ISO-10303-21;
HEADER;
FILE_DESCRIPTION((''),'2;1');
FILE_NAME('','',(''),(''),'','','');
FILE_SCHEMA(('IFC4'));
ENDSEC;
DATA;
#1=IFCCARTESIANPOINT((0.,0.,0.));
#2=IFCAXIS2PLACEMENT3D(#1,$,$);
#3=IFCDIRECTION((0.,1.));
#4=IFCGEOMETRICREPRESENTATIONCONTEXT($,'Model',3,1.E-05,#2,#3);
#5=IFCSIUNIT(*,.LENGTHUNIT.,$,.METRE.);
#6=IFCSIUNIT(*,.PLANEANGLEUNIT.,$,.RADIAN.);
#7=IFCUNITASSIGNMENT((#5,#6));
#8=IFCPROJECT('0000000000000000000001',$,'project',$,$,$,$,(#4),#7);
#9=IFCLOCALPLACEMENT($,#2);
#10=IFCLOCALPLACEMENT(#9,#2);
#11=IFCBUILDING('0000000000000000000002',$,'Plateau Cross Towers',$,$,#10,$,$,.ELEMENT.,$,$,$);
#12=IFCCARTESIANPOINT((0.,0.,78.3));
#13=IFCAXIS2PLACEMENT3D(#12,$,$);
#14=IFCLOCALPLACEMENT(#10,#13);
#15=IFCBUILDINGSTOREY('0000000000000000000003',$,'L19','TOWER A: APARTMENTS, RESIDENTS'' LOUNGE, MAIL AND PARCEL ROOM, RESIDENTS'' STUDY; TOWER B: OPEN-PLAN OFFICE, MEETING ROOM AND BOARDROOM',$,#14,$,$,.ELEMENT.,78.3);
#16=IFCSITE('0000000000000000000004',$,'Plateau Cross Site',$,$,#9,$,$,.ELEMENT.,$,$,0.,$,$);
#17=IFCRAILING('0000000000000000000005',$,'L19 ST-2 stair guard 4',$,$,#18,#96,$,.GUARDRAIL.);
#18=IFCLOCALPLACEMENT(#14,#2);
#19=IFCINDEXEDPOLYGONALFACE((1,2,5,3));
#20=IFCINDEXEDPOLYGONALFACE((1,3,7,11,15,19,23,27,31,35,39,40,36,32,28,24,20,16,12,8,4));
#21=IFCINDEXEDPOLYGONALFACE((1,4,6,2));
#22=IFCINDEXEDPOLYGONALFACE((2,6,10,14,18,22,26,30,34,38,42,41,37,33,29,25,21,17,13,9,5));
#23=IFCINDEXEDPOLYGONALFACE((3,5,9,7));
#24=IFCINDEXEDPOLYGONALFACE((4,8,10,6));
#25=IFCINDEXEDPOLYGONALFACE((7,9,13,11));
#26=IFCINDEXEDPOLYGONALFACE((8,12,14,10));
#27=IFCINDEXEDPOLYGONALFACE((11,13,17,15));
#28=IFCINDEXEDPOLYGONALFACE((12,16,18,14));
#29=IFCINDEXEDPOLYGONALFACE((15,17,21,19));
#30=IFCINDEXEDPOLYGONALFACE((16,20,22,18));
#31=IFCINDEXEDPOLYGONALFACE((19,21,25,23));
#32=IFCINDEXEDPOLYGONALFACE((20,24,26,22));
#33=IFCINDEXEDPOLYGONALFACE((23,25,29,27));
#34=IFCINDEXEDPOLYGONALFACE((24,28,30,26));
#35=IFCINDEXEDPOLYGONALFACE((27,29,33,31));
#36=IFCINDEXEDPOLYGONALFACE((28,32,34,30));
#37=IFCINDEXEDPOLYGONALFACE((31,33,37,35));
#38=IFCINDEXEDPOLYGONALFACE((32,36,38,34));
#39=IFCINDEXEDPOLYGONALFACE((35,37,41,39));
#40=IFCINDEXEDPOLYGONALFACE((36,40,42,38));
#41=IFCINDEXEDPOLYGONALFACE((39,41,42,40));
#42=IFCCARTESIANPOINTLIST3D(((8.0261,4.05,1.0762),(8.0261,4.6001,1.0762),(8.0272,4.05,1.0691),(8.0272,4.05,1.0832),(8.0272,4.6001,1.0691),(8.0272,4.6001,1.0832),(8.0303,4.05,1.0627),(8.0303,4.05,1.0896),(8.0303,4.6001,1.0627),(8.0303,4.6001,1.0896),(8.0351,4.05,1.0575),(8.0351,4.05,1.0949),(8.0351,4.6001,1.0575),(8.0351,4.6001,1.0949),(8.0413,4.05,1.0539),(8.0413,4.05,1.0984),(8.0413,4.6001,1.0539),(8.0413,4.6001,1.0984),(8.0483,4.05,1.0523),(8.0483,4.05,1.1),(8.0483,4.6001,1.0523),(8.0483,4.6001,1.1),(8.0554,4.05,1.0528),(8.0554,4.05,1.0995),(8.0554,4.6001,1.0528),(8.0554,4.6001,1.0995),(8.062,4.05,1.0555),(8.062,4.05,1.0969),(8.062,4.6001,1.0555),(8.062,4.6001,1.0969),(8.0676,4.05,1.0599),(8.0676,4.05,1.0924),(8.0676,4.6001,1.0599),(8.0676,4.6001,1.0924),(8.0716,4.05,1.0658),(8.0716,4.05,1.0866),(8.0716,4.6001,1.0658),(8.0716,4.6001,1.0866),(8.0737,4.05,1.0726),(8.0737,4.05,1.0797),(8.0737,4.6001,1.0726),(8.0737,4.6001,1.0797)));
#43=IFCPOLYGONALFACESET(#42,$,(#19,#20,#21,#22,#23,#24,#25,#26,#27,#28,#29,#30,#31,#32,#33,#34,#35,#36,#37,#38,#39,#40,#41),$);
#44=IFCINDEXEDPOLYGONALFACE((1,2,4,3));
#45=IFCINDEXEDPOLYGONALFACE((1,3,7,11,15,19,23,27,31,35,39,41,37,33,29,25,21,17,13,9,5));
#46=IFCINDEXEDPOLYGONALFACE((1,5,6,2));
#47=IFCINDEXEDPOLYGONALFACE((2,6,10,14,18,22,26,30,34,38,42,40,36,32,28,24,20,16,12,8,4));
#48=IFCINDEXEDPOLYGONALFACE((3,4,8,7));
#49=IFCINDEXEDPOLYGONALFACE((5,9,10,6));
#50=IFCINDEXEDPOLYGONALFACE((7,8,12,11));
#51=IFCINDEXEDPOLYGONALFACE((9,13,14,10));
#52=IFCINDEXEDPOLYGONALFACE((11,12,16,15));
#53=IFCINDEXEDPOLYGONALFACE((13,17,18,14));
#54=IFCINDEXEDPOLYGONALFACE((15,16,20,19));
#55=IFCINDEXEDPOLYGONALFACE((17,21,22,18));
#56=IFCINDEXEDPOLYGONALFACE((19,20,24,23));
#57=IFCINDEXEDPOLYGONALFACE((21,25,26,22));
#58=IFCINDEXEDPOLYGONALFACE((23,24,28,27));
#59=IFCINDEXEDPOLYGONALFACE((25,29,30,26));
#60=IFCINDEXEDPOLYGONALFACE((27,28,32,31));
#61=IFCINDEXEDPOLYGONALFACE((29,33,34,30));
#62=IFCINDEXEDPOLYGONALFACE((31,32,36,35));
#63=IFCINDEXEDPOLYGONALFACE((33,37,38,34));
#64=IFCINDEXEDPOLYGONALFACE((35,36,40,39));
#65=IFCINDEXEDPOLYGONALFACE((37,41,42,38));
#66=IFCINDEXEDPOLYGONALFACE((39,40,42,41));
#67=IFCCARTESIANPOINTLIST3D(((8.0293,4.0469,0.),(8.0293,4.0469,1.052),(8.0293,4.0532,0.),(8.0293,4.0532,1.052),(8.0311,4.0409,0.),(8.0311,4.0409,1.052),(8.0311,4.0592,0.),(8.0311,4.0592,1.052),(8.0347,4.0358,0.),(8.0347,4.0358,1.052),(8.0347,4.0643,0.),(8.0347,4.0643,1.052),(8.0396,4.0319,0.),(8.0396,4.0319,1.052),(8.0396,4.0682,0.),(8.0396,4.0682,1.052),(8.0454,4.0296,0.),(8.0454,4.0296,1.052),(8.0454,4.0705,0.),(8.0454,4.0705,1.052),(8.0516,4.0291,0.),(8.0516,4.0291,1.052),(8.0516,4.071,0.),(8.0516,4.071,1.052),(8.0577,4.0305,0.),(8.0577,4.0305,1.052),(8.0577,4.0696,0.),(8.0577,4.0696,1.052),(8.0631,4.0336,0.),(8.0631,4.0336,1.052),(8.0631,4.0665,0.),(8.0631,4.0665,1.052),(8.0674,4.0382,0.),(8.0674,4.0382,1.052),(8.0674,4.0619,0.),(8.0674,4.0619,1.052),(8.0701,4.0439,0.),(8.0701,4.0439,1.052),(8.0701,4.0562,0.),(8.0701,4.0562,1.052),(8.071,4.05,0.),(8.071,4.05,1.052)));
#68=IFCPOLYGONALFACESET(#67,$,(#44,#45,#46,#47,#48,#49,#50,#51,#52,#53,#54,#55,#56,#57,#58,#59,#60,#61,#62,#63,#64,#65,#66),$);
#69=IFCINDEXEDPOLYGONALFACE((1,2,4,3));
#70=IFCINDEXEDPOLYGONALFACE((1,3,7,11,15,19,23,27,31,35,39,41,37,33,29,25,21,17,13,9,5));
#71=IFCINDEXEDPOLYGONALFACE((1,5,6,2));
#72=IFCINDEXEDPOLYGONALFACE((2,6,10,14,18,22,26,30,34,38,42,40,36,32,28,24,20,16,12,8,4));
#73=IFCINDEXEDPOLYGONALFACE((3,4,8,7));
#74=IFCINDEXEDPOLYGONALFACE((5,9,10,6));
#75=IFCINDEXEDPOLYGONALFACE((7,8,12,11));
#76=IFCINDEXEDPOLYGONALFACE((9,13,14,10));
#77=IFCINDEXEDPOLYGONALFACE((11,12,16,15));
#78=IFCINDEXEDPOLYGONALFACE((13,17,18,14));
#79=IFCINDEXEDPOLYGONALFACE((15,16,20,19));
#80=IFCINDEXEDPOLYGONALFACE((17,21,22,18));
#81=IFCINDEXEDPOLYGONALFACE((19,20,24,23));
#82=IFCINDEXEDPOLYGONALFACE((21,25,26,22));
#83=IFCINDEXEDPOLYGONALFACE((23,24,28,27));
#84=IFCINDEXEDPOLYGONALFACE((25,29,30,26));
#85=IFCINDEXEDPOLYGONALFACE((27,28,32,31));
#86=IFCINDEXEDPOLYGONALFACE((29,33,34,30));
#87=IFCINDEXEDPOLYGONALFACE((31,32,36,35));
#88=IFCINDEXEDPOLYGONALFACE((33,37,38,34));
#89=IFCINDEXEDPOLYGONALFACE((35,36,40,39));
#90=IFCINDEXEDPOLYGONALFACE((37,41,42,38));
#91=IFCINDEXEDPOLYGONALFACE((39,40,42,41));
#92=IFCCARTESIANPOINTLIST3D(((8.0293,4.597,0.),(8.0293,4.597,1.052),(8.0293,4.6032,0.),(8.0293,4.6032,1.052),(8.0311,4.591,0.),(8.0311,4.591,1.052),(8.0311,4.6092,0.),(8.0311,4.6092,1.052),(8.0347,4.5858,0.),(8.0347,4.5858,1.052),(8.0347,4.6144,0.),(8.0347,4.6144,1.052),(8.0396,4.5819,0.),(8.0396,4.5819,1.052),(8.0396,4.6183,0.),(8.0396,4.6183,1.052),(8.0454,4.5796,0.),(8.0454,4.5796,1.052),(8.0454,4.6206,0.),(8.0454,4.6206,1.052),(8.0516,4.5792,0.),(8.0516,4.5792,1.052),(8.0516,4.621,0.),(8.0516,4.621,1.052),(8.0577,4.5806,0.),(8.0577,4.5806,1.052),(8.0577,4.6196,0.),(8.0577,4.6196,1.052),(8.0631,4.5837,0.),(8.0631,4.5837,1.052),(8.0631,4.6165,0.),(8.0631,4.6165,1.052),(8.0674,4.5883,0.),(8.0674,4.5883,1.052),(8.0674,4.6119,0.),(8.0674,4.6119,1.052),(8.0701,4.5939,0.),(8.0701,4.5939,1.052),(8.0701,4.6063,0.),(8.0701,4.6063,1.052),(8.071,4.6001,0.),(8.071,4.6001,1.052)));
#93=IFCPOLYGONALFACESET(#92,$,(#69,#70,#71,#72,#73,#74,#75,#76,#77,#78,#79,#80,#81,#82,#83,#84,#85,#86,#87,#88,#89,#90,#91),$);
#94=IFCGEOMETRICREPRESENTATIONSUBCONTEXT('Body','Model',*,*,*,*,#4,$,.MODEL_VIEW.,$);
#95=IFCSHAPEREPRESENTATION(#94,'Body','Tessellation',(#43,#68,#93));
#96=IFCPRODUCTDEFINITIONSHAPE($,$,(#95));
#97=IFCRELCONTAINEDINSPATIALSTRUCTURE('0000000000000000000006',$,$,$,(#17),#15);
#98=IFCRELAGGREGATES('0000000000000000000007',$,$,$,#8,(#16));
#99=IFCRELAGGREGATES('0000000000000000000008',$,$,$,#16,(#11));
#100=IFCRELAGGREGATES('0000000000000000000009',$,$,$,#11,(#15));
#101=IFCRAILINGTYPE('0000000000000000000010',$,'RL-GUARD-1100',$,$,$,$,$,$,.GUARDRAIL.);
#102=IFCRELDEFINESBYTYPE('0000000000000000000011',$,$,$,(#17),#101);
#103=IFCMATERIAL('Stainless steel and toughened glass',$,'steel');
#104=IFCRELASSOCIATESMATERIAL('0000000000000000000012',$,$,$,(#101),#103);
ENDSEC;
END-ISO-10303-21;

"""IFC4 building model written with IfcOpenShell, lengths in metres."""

from ifc_helpers import new_model, si_unit, direction, frame, origin, origin_2d, place, context, subcontext, project, spatial, circle, extrude, material, type_object, element, save


model = new_model("IFC4")

# Units and contexts
model_context = context("Model", 3, precision=1e-05, world=origin(), true_north=direction((0.0, 1.0)))
body_context = subcontext(model_context, "Body", "Model", "MODEL_VIEW")
ifc_project = project(units=[si_unit("LENGTHUNIT", "METRE"), si_unit("PLANEANGLEUNIT", "RADIAN")], contexts=[model_context])

# Site, building, storey
site_placement = place(None, origin())
site = spatial("IfcSite", under=ifc_project, at=site_placement, Name="Plateau Cross Site", CompositionType="ELEMENT", RefElevation=0.0)
building_placement = place(site_placement, origin())
building = spatial("IfcBuilding", under=site, at=building_placement, Name="Plateau Cross Towers", CompositionType="ELEMENT")
storey_placement = place(building_placement, frame((0.0, 0.0, 78.3)))
storey = spatial("IfcBuildingStorey", under=building, at=storey_placement, Name="L19", Description="TOWER A: APARTMENTS, RESIDENTS' LOUNGE, MAIL AND PARCEL ROOM, RESIDENTS' STUDY; TOWER B: OPEN-PLAN OFFICE, MEETING ROOM AND BOARDROOM", CompositionType="ELEMENT", Elevation=78.3)

# Railing
ifc_material_1 = material(Name="Stainless steel and toughened glass", Category="steel")
railing_type_1 = type_object("IfcRailingType", Name="RL-GUARD-1100", PredefinedType="GUARDRAIL", material=ifc_material_1)
railing_1_placement = place(storey_placement, frame((8.05, 4.05, 0.0)))
element("IfcRailing", 1, at=railing_1_placement, inside=storey, type_object=railing_type_1, Name="L19 ST-2 stair guard 4", PredefinedType="GUARDRAIL", context=body_context, shape_type="SweptSolid", body=[
    extrude(circle(Radius=0.0239, at=origin_2d()), frame((0.0, 0.0, 1.0762), z_axis=(0.0, 1.0, 0.0), x_axis=(-1.0, 0.0, 0.0)), (0.0, 0.0, 1.0), 0.55),
    extrude(circle(Radius=0.021, at=origin_2d()), origin(), (0.0, 0.0, 1.0), 1.052),
    extrude(circle(Radius=0.021, at=origin_2d()), frame((0.0, 0.55, 0.0)), (0.0, 0.0, 1.0), 1.052),
])

save(model, "model.ifc")
